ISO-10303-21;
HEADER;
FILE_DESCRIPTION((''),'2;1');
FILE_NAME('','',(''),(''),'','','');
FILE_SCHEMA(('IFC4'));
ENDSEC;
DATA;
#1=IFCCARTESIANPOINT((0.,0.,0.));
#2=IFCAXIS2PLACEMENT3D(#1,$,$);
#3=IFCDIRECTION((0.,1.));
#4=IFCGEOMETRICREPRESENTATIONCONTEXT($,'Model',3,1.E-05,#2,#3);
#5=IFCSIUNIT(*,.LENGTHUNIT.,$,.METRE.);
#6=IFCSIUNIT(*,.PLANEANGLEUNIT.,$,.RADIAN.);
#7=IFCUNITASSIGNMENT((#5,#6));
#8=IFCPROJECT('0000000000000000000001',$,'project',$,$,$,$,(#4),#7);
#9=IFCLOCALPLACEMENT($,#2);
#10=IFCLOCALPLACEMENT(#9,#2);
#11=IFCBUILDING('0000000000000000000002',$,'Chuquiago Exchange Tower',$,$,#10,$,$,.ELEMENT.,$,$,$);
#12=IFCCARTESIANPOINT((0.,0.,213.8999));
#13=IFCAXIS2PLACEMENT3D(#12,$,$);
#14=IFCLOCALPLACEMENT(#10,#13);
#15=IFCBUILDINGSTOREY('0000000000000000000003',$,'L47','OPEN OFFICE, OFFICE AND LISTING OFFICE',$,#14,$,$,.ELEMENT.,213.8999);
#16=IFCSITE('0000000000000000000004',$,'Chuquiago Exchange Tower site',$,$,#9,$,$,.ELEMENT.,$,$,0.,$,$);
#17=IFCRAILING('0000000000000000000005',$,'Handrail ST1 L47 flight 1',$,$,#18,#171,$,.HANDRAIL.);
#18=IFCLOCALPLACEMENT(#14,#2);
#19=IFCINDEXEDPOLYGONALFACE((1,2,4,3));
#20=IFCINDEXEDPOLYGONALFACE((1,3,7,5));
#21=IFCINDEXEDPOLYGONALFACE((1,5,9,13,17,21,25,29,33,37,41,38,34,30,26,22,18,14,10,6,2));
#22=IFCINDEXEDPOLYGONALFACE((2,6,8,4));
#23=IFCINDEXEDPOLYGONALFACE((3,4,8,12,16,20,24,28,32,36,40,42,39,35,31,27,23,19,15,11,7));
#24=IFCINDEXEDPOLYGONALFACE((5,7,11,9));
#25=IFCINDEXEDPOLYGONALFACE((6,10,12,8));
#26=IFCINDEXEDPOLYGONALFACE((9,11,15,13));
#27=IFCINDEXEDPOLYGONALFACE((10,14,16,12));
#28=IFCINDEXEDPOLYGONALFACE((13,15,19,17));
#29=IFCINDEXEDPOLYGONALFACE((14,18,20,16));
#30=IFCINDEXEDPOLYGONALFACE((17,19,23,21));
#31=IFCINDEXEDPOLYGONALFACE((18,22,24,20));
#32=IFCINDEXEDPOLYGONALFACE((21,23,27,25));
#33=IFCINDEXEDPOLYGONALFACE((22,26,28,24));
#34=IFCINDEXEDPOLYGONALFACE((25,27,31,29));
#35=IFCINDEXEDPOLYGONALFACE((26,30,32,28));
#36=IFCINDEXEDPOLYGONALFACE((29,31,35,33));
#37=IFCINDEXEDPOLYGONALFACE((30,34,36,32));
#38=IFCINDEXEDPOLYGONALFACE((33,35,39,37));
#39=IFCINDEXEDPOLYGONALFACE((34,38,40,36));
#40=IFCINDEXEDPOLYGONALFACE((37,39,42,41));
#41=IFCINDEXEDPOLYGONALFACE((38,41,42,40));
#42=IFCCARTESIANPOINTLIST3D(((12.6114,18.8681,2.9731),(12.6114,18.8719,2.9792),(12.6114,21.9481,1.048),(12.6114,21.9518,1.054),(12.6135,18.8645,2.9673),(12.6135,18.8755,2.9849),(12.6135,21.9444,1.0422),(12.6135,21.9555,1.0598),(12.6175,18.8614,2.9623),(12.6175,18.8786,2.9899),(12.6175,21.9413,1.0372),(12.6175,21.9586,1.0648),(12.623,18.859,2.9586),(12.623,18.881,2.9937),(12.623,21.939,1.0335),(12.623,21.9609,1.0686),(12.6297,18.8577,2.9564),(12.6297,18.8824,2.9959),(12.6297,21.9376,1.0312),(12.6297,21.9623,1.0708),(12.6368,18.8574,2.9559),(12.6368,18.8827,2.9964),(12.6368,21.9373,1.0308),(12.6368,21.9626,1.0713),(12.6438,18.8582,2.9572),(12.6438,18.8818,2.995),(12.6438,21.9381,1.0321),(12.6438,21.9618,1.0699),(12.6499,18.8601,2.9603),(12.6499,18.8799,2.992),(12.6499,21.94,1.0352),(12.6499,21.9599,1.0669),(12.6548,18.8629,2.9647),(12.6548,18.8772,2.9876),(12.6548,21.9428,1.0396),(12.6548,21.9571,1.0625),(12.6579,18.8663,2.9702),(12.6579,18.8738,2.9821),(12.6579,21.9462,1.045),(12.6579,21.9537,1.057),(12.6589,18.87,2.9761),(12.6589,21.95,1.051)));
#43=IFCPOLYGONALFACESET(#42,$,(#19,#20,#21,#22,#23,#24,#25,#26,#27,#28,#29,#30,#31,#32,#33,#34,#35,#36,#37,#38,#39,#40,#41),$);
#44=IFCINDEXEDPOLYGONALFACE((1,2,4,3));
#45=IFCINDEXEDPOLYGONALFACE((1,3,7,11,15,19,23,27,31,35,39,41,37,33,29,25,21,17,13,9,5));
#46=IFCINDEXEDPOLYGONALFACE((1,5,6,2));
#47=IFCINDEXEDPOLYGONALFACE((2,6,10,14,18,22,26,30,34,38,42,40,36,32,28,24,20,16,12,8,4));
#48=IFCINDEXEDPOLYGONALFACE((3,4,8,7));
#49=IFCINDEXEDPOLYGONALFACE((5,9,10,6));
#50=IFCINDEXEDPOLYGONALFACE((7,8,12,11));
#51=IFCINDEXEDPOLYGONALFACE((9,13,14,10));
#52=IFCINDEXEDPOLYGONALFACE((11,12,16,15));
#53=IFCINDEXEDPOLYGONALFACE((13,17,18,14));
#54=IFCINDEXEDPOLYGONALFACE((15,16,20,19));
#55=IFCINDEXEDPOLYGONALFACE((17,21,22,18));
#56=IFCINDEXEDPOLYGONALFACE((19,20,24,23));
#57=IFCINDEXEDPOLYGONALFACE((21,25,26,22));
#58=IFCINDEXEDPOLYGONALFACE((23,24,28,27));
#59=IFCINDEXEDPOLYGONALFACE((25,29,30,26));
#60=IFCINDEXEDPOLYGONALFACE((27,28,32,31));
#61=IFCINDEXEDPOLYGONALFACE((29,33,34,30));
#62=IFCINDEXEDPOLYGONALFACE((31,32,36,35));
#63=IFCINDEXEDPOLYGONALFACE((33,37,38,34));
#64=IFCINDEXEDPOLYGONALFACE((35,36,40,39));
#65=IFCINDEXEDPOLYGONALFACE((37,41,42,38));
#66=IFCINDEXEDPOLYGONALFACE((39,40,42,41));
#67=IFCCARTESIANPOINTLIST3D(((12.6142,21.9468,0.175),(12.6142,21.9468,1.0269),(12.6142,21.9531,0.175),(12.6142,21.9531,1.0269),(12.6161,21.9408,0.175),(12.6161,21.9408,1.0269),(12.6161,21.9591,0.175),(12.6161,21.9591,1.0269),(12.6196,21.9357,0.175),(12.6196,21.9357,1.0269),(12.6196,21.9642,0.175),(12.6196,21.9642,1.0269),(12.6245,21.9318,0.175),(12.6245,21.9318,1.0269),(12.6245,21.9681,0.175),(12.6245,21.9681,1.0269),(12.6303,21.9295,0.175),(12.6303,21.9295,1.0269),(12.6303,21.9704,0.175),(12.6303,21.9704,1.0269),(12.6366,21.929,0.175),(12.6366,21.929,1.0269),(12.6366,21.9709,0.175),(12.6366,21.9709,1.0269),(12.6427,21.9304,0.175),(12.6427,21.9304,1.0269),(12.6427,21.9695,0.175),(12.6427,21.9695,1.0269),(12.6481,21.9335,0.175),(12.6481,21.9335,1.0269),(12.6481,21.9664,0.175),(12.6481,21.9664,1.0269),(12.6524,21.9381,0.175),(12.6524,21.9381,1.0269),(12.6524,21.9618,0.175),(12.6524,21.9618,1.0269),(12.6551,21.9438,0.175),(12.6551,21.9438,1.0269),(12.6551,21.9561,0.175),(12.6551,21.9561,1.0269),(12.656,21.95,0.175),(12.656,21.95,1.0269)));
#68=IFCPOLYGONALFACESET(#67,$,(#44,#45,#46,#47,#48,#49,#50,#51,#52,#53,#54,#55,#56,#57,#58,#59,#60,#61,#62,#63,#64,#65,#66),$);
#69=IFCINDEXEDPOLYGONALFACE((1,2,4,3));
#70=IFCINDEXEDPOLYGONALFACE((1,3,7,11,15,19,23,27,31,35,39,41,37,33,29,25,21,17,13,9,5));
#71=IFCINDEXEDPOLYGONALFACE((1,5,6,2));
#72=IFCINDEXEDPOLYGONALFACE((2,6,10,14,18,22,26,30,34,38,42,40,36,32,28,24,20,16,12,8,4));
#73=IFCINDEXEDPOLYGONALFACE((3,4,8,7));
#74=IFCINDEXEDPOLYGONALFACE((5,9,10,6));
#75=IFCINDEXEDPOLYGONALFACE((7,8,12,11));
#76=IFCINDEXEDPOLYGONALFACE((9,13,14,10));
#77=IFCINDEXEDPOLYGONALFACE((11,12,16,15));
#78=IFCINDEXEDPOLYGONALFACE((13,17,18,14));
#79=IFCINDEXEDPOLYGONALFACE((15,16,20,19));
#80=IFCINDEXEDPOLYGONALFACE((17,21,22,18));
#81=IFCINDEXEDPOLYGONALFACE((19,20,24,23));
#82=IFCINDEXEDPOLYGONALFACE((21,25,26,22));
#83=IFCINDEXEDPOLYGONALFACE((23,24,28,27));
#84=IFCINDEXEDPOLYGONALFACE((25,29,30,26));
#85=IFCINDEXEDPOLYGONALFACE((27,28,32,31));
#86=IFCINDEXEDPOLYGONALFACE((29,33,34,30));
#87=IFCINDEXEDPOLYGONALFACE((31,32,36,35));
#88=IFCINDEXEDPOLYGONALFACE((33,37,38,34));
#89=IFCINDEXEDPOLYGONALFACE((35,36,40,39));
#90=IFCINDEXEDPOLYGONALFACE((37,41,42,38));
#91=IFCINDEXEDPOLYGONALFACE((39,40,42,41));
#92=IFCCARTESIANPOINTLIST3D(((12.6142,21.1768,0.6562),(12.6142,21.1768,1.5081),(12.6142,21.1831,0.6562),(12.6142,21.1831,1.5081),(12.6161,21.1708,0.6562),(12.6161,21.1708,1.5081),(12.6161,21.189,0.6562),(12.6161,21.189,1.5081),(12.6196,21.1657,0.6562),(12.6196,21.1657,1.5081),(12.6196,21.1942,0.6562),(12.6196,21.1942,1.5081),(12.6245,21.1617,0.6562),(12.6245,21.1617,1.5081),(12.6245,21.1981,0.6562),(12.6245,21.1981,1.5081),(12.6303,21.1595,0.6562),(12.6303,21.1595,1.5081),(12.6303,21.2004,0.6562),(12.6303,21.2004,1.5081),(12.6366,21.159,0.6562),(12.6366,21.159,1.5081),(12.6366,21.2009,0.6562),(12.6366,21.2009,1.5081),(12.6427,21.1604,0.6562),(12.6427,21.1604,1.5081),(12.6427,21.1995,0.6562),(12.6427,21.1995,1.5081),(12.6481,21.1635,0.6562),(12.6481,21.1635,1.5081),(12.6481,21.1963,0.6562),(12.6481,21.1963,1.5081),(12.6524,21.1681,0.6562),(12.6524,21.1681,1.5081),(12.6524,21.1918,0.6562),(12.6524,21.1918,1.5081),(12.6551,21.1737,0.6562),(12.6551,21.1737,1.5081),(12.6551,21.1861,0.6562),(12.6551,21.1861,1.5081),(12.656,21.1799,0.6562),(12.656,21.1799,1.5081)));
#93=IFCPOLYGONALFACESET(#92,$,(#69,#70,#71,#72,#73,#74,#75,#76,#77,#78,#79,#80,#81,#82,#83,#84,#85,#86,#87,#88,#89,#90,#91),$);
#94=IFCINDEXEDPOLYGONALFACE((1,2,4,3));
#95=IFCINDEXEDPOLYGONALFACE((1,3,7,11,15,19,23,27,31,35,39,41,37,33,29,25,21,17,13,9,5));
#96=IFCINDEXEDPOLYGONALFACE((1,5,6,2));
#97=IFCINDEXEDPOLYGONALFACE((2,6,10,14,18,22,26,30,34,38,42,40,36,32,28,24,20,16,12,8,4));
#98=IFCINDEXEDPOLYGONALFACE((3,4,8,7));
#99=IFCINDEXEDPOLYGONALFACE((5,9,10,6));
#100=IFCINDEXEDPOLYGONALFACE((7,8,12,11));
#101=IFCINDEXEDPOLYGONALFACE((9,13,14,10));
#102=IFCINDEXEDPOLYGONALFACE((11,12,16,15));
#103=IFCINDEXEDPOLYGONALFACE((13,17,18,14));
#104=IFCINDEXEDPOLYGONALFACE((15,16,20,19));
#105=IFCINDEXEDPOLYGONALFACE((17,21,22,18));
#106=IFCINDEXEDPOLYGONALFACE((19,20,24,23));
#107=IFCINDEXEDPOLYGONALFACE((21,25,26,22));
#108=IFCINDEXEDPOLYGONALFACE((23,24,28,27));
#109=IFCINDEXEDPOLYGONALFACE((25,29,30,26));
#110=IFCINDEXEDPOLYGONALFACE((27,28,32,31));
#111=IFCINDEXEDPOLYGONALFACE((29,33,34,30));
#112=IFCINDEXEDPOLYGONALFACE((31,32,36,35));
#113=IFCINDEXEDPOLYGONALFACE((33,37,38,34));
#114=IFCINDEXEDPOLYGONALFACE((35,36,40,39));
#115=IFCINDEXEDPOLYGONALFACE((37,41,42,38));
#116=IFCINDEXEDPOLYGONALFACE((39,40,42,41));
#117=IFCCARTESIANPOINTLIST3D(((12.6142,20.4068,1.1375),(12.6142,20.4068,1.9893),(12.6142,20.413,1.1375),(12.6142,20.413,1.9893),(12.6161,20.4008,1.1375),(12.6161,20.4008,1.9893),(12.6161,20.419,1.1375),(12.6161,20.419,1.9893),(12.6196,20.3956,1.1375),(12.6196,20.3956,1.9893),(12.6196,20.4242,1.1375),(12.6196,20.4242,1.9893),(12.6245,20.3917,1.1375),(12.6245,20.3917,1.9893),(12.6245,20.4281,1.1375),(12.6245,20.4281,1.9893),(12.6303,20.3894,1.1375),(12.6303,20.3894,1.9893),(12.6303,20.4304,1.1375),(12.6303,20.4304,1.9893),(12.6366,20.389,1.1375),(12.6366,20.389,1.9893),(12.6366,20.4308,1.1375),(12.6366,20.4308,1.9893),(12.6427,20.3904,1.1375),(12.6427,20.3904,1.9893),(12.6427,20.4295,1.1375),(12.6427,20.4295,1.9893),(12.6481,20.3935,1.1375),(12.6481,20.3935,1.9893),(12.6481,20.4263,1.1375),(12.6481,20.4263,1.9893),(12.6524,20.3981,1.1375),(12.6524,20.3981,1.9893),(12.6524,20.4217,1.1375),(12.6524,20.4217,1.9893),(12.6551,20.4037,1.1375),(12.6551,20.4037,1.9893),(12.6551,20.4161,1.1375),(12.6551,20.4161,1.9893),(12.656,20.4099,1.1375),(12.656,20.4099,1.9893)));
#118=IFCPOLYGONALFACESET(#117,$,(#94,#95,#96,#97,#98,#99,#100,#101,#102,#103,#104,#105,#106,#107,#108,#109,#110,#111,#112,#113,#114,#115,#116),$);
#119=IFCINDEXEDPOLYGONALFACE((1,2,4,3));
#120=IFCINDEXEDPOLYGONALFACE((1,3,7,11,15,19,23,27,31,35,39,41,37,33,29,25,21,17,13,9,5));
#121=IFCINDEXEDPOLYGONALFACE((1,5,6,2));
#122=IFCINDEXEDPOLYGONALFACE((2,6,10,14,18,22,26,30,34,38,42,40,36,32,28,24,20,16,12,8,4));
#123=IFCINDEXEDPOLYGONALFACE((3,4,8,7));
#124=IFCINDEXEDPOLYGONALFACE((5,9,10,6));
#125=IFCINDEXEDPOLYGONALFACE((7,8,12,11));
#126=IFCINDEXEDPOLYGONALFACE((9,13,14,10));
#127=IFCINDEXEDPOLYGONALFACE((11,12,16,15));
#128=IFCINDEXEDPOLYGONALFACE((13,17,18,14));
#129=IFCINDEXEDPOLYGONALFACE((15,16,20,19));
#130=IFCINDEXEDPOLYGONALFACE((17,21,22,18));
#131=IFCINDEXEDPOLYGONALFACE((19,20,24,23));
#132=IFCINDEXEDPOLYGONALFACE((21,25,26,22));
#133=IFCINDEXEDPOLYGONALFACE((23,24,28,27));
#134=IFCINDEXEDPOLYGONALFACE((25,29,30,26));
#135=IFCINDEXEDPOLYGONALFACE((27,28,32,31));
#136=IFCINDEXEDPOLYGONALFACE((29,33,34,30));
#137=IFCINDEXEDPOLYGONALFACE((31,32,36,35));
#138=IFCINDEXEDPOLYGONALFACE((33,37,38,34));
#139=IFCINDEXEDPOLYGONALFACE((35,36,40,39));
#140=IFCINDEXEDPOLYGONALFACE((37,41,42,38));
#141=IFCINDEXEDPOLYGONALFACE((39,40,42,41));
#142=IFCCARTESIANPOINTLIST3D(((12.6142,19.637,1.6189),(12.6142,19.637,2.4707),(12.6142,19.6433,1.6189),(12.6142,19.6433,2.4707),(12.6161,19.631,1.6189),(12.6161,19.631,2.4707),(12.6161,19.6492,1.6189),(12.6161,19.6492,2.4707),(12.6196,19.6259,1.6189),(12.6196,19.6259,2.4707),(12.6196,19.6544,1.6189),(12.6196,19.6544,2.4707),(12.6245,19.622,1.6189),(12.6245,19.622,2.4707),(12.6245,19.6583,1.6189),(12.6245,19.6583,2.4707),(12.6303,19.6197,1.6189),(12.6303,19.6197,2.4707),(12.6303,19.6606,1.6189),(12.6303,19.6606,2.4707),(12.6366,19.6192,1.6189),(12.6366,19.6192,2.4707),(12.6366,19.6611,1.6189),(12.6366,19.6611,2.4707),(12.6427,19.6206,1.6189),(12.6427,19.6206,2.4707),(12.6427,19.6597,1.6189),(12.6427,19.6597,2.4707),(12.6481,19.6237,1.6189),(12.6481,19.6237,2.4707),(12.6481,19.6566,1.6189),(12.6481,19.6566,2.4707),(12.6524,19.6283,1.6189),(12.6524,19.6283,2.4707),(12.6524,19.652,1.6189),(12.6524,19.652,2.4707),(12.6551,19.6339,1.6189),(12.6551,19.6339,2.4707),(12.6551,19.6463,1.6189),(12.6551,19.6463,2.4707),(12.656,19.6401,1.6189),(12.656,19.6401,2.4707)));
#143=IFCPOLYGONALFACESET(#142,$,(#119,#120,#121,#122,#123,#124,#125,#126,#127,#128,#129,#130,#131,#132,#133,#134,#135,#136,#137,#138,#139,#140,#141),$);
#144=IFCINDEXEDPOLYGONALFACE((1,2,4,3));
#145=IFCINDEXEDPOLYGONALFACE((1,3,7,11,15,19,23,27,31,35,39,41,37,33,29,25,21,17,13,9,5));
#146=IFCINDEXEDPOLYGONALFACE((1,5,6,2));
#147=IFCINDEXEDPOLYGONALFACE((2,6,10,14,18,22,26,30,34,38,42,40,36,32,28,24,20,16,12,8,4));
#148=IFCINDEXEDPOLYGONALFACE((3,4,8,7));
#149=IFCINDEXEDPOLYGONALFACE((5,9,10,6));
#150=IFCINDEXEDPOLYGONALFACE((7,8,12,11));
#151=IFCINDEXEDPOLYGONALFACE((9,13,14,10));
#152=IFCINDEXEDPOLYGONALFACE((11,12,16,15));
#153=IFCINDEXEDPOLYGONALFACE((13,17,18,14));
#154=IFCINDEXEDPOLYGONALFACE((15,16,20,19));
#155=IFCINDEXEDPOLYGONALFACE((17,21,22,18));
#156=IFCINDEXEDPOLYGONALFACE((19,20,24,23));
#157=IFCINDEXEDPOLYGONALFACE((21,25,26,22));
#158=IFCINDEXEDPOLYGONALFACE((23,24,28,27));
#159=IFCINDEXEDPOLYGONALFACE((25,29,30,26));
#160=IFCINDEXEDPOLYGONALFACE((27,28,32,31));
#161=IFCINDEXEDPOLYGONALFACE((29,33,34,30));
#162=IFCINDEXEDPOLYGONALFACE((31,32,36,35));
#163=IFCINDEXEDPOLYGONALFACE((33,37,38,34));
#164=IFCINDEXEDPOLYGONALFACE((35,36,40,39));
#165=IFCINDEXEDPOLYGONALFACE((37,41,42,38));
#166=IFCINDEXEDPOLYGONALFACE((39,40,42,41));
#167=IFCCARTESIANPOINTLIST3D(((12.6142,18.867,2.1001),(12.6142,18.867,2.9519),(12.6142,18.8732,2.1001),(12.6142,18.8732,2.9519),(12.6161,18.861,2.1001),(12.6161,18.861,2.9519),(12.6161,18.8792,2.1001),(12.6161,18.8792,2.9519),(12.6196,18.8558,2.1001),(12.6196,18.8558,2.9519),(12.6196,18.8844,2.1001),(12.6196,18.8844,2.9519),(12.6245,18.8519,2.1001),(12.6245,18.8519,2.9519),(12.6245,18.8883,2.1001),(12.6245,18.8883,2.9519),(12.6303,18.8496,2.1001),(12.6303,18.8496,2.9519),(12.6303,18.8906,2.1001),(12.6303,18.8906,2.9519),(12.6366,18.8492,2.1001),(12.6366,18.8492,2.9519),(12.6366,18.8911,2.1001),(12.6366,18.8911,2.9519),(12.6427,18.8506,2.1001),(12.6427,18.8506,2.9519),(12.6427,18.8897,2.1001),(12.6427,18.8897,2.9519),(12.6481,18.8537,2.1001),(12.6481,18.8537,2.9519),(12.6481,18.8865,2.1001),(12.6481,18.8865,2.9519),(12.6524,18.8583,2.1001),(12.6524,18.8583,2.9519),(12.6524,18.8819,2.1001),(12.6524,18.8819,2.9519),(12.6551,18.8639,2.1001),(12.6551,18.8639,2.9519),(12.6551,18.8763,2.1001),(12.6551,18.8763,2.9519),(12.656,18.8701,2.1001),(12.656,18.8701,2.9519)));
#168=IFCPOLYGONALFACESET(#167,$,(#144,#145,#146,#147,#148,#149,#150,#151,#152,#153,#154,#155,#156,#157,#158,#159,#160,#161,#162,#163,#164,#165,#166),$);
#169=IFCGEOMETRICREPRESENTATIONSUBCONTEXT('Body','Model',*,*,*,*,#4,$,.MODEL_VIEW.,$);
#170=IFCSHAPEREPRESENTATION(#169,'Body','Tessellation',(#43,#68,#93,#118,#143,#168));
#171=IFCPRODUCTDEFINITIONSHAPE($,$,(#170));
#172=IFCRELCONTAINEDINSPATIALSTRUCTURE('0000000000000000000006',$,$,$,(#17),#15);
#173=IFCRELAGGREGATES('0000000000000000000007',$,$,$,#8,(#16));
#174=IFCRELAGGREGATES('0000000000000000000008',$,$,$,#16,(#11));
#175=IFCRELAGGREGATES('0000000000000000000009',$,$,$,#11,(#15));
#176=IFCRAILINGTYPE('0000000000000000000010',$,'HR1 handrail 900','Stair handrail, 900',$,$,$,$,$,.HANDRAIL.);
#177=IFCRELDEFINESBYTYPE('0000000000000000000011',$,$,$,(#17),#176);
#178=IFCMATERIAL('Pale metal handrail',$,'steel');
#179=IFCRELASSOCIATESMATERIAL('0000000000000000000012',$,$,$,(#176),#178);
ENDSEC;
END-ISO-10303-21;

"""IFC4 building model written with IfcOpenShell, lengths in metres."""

from ifc_helpers import new_model, si_unit, direction, frame, origin, origin_2d, place, context, subcontext, project, spatial, circle, extrude, material, type_object, element, save


model = new_model("IFC4")

# Units and contexts
model_context = context("Model", 3, precision=1e-05, world=origin(), true_north=direction((0.0, 1.0)))
body_context = subcontext(model_context, "Body", "Model", "MODEL_VIEW")
ifc_project = project(units=[si_unit("LENGTHUNIT", "METRE"), si_unit("PLANEANGLEUNIT", "RADIAN")], contexts=[model_context])

# Site, building, storey
site_placement = place(None, origin())
site = spatial("IfcSite", under=ifc_project, at=site_placement, Name="Chuquiago Exchange Tower site", CompositionType="ELEMENT", RefElevation=0.0)
building_placement = place(site_placement, origin())
building = spatial("IfcBuilding", under=site, at=building_placement, Name="Chuquiago Exchange Tower", CompositionType="ELEMENT")
storey_placement = place(building_placement, frame((0.0, 0.0, 213.8999)))
storey = spatial("IfcBuildingStorey", under=building, at=storey_placement, Name="L47", Description="OPEN OFFICE, OFFICE AND LISTING OFFICE", CompositionType="ELEMENT", Elevation=213.8999)

# Railing
ifc_material_1 = material(Name="Pale metal handrail", Category="steel")
railing_type_1 = type_object("IfcRailingType", Name="HR1 handrail 900", Description="Stair handrail, 900", PredefinedType="HANDRAIL", material=ifc_material_1)
for number, where, name in (
    (1, (12.635, 21.95, 0.175), "Handrail ST1 L47 flight 1"),
):
    element("IfcRailing", number, at=place(storey_placement, frame(where)), inside=storey, type_object=railing_type_1, Name=name, PredefinedType="HANDRAIL", context=body_context, shape_type="SweptSolid", body=[
        extrude(circle(Radius=0.0239, at=origin_2d()), frame((0.0, 0.0, 0.876), z_axis=(0.0, -0.847979, 0.530029), x_axis=(1.0, 0.0, 0.0)), (0.0, 0.0, 1.0), 3.6321),
        extrude(circle(Radius=0.021, at=origin_2d()), origin(), (0.0, 0.0, 1.0), 0.8518),
        extrude(circle(Radius=0.021, at=origin_2d()), frame((0.0, -0.77, 0.4812)), (0.0, 0.0, 1.0), 0.8518),
        extrude(circle(Radius=0.021, at=origin_2d()), frame((0.0, -1.54, 0.9624)), (0.0, 0.0, 1.0), 0.8518),
        extrude(circle(Radius=0.021, at=origin_2d()), frame((0.0, -2.3098, 1.4438)), (0.0, 0.0, 1.0), 0.8518),
        extrude(circle(Radius=0.021, at=origin_2d()), frame((0.0, -3.0798, 1.925)), (0.0, 0.0, 1.0), 0.8518),
    ])

save(model, "model.ifc")
